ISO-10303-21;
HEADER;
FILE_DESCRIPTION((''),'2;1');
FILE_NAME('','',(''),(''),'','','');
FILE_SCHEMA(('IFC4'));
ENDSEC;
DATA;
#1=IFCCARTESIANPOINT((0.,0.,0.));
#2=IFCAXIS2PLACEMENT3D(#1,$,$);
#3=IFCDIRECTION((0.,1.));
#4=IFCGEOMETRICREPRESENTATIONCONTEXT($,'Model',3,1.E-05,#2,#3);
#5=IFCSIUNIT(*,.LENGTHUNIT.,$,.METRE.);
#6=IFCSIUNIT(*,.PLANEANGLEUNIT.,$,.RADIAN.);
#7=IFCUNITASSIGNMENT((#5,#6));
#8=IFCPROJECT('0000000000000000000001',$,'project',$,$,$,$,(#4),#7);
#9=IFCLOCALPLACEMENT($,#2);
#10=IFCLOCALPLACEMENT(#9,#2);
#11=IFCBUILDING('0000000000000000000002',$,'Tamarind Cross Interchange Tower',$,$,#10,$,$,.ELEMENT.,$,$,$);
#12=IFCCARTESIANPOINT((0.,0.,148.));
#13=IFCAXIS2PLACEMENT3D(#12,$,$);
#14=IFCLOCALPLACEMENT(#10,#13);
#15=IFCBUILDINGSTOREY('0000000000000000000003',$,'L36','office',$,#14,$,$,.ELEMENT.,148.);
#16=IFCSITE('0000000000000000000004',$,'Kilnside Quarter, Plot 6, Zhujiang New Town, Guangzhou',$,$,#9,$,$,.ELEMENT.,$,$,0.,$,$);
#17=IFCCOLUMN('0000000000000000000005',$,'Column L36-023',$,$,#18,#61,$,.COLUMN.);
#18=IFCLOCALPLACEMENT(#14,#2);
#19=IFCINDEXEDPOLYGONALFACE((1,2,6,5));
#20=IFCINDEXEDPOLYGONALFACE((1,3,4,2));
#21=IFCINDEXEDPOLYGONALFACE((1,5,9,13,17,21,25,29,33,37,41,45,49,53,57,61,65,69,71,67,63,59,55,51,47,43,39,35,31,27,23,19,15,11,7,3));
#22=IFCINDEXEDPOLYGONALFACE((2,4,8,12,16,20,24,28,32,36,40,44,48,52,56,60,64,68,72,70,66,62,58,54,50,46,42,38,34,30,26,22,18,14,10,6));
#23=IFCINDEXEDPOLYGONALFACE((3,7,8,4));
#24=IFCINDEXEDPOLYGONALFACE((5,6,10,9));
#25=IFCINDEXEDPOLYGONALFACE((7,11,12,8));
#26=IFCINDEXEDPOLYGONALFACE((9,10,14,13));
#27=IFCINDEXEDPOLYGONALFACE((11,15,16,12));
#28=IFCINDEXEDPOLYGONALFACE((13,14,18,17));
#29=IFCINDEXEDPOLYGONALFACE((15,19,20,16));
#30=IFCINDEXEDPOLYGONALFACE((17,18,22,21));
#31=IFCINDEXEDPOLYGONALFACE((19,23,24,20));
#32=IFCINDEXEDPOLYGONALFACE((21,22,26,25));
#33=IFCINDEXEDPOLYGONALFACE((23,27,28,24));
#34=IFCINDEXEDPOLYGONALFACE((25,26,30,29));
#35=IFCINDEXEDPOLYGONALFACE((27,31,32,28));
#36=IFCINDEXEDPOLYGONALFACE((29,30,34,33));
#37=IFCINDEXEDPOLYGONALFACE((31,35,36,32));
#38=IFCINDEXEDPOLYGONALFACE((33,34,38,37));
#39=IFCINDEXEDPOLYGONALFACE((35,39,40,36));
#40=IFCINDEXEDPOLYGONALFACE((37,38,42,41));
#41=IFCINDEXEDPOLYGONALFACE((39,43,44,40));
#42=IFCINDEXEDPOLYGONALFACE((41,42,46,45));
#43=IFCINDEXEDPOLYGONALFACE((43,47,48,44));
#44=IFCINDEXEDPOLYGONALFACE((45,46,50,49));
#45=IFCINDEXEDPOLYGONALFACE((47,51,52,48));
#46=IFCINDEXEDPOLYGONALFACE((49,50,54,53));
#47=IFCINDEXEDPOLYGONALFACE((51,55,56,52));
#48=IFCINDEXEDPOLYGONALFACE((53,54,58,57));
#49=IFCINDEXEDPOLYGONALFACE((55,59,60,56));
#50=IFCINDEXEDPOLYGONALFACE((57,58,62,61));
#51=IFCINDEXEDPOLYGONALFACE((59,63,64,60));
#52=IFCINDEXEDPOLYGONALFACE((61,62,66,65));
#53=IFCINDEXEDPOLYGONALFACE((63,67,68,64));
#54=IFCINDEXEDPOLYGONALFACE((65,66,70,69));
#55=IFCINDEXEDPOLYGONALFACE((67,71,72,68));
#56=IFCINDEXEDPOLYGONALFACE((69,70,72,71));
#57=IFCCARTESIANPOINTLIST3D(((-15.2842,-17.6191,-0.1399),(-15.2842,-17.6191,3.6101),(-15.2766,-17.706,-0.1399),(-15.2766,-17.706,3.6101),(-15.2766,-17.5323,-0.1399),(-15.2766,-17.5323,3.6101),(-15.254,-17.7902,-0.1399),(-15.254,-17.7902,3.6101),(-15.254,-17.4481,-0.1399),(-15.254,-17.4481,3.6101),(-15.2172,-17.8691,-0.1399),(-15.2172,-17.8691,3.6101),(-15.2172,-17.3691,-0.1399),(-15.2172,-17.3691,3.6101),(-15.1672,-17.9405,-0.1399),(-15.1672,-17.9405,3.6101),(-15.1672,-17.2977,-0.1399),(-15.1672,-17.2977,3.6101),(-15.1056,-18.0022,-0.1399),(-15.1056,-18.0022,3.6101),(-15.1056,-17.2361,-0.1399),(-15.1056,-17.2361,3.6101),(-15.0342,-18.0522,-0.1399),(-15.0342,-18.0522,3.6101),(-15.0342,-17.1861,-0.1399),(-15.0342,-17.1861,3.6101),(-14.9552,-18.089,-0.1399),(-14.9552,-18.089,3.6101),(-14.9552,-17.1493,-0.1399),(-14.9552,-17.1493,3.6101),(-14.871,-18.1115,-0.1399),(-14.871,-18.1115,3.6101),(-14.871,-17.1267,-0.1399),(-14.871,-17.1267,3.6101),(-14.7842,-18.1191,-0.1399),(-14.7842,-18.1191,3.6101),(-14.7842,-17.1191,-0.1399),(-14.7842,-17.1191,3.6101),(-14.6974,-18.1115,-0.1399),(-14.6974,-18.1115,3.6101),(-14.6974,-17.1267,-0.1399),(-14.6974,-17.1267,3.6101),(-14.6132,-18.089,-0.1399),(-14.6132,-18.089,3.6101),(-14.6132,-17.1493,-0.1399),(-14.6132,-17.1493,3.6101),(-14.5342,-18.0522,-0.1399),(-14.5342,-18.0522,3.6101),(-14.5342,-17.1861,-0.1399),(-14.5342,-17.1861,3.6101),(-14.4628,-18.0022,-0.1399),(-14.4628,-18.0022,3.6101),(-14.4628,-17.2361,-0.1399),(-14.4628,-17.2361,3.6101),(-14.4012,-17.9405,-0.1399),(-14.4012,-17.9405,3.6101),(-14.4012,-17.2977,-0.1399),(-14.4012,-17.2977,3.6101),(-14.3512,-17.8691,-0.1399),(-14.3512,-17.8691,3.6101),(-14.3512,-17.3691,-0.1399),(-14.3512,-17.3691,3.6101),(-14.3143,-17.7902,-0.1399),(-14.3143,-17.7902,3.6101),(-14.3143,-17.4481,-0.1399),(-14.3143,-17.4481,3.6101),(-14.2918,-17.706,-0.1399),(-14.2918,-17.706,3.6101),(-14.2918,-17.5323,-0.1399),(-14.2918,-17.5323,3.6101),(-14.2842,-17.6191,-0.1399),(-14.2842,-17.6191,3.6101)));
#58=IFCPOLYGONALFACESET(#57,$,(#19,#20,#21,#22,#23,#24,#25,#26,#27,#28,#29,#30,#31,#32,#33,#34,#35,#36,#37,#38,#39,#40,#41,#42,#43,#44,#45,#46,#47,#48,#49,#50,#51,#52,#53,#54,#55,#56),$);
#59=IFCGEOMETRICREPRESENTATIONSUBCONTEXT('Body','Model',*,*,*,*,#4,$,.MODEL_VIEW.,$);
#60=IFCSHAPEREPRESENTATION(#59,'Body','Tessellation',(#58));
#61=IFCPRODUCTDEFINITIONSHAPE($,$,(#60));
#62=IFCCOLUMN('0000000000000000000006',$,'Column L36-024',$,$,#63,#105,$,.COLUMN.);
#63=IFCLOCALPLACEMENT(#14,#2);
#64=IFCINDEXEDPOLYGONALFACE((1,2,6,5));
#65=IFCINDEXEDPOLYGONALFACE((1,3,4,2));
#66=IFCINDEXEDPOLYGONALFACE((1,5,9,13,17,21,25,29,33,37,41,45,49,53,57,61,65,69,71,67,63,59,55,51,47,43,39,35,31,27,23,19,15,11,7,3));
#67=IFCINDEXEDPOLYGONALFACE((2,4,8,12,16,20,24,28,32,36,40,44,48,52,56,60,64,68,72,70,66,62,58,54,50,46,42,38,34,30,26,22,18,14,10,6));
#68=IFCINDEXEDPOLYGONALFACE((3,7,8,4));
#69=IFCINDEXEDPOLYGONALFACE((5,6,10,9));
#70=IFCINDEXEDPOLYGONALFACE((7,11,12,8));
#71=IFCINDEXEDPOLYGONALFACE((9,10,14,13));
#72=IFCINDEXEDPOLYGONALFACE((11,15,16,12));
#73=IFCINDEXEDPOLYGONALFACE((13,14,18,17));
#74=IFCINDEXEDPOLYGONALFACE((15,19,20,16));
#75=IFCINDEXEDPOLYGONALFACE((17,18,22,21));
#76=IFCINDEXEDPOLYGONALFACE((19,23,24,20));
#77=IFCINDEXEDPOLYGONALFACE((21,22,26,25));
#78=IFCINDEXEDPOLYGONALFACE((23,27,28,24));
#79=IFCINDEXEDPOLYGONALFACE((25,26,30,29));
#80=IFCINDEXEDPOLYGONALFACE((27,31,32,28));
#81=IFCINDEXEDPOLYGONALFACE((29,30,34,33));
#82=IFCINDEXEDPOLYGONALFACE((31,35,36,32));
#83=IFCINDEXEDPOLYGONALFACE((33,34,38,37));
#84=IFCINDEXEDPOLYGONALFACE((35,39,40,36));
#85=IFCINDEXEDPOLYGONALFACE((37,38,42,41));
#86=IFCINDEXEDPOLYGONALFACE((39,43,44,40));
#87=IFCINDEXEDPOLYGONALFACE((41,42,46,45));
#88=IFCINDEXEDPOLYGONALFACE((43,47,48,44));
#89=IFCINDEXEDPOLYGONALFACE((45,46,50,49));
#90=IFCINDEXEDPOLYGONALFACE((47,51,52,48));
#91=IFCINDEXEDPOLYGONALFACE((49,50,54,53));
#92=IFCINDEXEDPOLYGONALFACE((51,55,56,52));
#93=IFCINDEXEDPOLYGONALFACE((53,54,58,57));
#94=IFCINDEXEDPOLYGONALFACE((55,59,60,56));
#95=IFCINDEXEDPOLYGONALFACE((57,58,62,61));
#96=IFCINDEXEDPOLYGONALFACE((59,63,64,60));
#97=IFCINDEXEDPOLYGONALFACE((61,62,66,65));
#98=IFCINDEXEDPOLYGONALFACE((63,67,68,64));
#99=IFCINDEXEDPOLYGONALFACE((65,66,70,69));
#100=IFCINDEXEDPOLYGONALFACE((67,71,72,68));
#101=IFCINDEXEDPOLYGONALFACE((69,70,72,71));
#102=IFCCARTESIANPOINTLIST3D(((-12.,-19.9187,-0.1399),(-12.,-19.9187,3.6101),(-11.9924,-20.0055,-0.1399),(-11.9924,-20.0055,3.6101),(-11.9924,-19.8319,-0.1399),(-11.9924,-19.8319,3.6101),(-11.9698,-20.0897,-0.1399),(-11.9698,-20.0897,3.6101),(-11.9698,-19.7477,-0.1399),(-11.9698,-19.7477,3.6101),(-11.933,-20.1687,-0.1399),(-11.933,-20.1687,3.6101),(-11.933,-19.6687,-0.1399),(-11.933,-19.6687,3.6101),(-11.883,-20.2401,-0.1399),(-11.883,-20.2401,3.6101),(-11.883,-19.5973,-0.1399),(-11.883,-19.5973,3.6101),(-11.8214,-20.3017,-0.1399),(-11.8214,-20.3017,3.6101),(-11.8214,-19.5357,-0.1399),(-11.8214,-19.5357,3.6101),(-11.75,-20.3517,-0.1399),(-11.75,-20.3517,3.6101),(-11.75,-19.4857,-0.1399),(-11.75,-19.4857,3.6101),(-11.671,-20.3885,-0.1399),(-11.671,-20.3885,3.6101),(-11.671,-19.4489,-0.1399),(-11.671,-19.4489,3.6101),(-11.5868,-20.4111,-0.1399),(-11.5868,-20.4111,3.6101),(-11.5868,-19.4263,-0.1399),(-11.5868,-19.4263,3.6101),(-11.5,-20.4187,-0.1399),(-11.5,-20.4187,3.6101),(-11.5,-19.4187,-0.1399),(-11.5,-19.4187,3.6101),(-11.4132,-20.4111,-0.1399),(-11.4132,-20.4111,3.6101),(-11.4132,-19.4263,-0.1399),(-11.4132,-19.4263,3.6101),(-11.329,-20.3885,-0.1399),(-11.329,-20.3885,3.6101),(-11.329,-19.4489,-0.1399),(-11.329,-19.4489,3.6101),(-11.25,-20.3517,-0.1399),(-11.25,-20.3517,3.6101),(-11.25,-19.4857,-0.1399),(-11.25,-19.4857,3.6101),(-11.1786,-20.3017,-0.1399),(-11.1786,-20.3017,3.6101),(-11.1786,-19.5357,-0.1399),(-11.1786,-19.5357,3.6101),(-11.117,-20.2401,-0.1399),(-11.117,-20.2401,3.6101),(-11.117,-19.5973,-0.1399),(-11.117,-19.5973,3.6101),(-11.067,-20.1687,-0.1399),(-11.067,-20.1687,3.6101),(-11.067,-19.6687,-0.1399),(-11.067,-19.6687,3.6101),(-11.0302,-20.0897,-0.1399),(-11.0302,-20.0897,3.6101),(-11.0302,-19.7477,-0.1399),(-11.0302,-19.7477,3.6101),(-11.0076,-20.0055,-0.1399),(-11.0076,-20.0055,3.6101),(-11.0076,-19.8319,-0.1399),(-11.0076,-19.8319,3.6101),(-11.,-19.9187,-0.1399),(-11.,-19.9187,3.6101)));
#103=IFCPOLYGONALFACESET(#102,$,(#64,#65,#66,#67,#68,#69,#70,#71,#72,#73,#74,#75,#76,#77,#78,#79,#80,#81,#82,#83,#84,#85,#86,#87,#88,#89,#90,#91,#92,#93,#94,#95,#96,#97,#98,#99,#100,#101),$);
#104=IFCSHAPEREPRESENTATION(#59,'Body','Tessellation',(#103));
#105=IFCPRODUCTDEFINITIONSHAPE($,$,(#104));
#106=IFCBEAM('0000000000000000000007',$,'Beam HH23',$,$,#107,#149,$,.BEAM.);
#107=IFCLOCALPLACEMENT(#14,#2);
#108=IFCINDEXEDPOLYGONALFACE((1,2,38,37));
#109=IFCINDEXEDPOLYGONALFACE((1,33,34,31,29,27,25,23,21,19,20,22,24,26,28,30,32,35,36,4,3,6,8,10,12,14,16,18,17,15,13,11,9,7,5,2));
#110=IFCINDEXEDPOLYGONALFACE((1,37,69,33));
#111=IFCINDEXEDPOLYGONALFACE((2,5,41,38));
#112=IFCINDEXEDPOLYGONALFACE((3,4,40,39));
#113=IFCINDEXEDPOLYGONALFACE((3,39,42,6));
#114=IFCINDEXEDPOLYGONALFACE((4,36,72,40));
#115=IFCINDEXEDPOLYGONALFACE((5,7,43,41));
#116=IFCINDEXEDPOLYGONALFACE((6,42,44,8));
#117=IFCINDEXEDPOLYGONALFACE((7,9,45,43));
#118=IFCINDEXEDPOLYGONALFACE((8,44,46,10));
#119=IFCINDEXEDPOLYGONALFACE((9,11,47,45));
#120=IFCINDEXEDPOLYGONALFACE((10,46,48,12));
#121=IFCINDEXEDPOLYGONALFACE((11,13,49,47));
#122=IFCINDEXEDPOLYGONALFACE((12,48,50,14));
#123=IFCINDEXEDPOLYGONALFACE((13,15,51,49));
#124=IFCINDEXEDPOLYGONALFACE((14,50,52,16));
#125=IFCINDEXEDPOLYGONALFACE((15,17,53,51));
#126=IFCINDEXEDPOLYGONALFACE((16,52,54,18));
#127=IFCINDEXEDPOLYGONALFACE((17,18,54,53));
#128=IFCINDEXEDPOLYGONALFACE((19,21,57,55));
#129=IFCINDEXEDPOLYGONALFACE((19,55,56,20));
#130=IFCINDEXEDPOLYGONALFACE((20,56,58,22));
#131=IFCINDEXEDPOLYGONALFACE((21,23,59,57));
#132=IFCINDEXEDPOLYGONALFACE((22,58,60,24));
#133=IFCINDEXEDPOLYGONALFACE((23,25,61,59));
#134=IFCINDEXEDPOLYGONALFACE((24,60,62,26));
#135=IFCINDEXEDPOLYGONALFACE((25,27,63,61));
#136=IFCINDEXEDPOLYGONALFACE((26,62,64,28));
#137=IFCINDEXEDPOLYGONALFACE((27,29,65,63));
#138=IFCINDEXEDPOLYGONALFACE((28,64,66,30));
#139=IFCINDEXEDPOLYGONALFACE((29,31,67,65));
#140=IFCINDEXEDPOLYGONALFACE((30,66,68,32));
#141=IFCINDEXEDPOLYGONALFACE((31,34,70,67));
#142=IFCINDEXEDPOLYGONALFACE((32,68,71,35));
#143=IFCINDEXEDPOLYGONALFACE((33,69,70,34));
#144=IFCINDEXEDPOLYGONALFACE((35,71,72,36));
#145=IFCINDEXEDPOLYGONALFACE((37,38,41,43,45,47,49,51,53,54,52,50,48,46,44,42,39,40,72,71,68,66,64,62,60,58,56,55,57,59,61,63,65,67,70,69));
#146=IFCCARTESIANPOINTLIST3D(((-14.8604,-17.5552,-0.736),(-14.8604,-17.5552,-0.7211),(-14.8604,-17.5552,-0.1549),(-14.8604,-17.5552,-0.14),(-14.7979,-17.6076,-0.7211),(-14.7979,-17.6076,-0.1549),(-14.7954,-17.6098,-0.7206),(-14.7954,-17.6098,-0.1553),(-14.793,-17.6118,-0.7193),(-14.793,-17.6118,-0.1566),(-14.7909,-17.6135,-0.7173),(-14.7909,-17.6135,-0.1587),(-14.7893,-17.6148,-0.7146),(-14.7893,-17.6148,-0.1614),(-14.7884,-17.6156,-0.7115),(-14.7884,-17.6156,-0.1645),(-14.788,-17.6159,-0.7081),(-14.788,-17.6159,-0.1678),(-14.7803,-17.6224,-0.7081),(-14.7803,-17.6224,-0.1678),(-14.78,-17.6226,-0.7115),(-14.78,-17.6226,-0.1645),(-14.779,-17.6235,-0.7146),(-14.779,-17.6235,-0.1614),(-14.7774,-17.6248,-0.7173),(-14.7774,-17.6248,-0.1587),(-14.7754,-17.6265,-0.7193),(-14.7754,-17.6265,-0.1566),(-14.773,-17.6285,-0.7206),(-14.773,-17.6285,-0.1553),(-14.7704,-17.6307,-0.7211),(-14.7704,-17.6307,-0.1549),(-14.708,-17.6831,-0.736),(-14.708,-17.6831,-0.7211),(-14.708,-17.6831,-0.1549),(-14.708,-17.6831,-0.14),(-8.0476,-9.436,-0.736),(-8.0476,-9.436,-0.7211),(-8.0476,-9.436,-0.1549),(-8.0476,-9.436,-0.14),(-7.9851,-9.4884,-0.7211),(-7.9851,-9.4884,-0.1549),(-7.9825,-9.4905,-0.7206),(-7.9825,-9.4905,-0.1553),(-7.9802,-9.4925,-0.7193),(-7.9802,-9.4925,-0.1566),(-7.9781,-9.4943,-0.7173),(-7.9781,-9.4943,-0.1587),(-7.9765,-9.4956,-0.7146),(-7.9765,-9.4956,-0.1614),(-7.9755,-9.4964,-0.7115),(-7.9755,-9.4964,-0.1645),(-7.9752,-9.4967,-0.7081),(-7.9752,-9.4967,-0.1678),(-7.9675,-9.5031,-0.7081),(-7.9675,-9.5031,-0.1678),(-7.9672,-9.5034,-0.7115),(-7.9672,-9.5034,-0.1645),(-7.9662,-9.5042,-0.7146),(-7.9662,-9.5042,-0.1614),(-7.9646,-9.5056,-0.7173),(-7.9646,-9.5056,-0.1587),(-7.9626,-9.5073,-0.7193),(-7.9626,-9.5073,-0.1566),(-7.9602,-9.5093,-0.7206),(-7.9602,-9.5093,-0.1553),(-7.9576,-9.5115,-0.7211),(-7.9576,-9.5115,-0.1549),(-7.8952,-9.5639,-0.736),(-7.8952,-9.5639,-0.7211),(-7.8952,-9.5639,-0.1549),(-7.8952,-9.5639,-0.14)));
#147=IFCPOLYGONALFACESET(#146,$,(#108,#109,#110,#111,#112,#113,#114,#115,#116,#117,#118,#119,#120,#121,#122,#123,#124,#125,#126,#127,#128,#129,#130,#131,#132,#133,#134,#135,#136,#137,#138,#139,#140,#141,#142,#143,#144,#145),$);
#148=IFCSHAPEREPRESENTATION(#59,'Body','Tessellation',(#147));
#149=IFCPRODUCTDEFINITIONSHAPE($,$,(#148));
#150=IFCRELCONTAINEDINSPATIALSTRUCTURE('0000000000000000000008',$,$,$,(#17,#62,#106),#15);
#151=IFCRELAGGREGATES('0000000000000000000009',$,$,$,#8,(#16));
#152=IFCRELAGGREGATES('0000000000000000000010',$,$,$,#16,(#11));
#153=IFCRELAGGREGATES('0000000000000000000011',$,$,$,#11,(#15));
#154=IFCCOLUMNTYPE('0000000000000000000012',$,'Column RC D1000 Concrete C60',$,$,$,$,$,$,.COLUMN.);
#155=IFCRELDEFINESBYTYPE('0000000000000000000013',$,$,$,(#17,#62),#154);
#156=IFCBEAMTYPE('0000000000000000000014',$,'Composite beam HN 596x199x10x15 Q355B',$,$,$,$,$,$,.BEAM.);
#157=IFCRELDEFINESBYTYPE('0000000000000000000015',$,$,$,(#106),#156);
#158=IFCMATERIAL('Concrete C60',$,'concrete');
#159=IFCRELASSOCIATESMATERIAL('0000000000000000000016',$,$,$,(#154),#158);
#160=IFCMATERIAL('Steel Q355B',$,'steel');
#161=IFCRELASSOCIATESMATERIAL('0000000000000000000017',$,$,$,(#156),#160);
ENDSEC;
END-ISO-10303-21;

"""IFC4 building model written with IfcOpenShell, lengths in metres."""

from ifc_helpers import new_model, si_unit, direction, frame, origin, origin_2d, place, context, subcontext, project, spatial, circle, i_section, extrude, material, material_profile, profile_set, type_object, element, save


model = new_model("IFC4")

# Units and contexts
model_context = context("Model", 3, precision=1e-05, world=origin(), true_north=direction((0.0, 1.0)))
body_context = subcontext(model_context, "Body", "Model", "MODEL_VIEW")
ifc_project = project(units=[si_unit("LENGTHUNIT", "METRE"), si_unit("PLANEANGLEUNIT", "RADIAN")], contexts=[model_context])

# Site, building, storey
site_placement = place(None, origin())
site = spatial("IfcSite", under=ifc_project, at=site_placement, Name="Kilnside Quarter, Plot 6, Zhujiang New Town, Guangzhou", CompositionType="ELEMENT", RefElevation=0.0)
building_placement = place(site_placement, origin())
building = spatial("IfcBuilding", under=site, at=building_placement, Name="Tamarind Cross Interchange Tower", CompositionType="ELEMENT")
storey_placement = place(building_placement, frame((0.0, 0.0, 148.0)))
storey = spatial("IfcBuildingStorey", under=building, at=storey_placement, Name="L36", Description="office", CompositionType="ELEMENT", Elevation=148.0)

# Columns
ifc_material_1 = material(Name="Concrete C60", Category="concrete")
ifc_material_profile_1 = material_profile(ifc_material_1, circle(Radius=0.5, at=origin_2d()), Name="RC D1000")
ifc_profile_set_1 = profile_set([ifc_material_profile_1], Name="Concrete C60")
column_type = type_object("IfcColumnType", Name="Column RC D1000 Concrete C60", PredefinedType="COLUMN", material=ifc_profile_set_1)
for number, where, z_axis, x_axis, name in (
    (1, (-14.7842, -17.6191, -0.1399), (0.0, 0.0, 1.0), (1.0, 0.0, 0.0), "Column L36-023"),
    (2, (-11.5, -19.9187, -0.1399), (0.0, 0.0, 1.0), (1.0, 0.0, 0.0), "Column L36-024"),
):
    element("IfcColumn", number, at=place(storey_placement, frame(where, z_axis=z_axis, x_axis=x_axis)), inside=storey, type_object=column_type, Name=name, PredefinedType="COLUMN", context=body_context, shape_type="SweptSolid", body=[
        extrude(circle(Radius=0.5, at=origin_2d()), origin(), (0.0, 0.0, 1.0), 3.75),
    ])

# Beam
ifc_material_2 = material(Name="Steel Q355B", Category="steel")
ifc_material_profile_2 = material_profile(ifc_material_2, i_section(OverallWidth=0.199, OverallDepth=0.5959, WebThickness=0.01, FlangeThickness=0.0149, FilletRadius=0.0129, at=origin_2d()), Name="HN 596x199x10x15")
ifc_profile_set_2 = profile_set([ifc_material_profile_2], Name="Steel Q355B")
beam_type = type_object("IfcBeamType", Name="Composite beam HN 596x199x10x15 Q355B", PredefinedType="BEAM", material=ifc_profile_set_2)
beam_placement = place(storey_placement, frame((-14.7842, -17.6191, -0.438), z_axis=(0.642786, 0.766046, 0.0), x_axis=(-0.766046, 0.642786, 0.0)))
element("IfcBeam", 3, at=beam_placement, inside=storey, type_object=beam_type, Name="Beam HH23", PredefinedType="BEAM", context=body_context, shape_type="SweptSolid", body=[
    extrude(i_section(OverallWidth=0.199, OverallDepth=0.5959, WebThickness=0.01, FlangeThickness=0.0149, FilletRadius=0.0129, at=origin_2d()), origin(), (0.0, 0.0, 1.0), 10.5989),
])

save(model, "model.ifc")
